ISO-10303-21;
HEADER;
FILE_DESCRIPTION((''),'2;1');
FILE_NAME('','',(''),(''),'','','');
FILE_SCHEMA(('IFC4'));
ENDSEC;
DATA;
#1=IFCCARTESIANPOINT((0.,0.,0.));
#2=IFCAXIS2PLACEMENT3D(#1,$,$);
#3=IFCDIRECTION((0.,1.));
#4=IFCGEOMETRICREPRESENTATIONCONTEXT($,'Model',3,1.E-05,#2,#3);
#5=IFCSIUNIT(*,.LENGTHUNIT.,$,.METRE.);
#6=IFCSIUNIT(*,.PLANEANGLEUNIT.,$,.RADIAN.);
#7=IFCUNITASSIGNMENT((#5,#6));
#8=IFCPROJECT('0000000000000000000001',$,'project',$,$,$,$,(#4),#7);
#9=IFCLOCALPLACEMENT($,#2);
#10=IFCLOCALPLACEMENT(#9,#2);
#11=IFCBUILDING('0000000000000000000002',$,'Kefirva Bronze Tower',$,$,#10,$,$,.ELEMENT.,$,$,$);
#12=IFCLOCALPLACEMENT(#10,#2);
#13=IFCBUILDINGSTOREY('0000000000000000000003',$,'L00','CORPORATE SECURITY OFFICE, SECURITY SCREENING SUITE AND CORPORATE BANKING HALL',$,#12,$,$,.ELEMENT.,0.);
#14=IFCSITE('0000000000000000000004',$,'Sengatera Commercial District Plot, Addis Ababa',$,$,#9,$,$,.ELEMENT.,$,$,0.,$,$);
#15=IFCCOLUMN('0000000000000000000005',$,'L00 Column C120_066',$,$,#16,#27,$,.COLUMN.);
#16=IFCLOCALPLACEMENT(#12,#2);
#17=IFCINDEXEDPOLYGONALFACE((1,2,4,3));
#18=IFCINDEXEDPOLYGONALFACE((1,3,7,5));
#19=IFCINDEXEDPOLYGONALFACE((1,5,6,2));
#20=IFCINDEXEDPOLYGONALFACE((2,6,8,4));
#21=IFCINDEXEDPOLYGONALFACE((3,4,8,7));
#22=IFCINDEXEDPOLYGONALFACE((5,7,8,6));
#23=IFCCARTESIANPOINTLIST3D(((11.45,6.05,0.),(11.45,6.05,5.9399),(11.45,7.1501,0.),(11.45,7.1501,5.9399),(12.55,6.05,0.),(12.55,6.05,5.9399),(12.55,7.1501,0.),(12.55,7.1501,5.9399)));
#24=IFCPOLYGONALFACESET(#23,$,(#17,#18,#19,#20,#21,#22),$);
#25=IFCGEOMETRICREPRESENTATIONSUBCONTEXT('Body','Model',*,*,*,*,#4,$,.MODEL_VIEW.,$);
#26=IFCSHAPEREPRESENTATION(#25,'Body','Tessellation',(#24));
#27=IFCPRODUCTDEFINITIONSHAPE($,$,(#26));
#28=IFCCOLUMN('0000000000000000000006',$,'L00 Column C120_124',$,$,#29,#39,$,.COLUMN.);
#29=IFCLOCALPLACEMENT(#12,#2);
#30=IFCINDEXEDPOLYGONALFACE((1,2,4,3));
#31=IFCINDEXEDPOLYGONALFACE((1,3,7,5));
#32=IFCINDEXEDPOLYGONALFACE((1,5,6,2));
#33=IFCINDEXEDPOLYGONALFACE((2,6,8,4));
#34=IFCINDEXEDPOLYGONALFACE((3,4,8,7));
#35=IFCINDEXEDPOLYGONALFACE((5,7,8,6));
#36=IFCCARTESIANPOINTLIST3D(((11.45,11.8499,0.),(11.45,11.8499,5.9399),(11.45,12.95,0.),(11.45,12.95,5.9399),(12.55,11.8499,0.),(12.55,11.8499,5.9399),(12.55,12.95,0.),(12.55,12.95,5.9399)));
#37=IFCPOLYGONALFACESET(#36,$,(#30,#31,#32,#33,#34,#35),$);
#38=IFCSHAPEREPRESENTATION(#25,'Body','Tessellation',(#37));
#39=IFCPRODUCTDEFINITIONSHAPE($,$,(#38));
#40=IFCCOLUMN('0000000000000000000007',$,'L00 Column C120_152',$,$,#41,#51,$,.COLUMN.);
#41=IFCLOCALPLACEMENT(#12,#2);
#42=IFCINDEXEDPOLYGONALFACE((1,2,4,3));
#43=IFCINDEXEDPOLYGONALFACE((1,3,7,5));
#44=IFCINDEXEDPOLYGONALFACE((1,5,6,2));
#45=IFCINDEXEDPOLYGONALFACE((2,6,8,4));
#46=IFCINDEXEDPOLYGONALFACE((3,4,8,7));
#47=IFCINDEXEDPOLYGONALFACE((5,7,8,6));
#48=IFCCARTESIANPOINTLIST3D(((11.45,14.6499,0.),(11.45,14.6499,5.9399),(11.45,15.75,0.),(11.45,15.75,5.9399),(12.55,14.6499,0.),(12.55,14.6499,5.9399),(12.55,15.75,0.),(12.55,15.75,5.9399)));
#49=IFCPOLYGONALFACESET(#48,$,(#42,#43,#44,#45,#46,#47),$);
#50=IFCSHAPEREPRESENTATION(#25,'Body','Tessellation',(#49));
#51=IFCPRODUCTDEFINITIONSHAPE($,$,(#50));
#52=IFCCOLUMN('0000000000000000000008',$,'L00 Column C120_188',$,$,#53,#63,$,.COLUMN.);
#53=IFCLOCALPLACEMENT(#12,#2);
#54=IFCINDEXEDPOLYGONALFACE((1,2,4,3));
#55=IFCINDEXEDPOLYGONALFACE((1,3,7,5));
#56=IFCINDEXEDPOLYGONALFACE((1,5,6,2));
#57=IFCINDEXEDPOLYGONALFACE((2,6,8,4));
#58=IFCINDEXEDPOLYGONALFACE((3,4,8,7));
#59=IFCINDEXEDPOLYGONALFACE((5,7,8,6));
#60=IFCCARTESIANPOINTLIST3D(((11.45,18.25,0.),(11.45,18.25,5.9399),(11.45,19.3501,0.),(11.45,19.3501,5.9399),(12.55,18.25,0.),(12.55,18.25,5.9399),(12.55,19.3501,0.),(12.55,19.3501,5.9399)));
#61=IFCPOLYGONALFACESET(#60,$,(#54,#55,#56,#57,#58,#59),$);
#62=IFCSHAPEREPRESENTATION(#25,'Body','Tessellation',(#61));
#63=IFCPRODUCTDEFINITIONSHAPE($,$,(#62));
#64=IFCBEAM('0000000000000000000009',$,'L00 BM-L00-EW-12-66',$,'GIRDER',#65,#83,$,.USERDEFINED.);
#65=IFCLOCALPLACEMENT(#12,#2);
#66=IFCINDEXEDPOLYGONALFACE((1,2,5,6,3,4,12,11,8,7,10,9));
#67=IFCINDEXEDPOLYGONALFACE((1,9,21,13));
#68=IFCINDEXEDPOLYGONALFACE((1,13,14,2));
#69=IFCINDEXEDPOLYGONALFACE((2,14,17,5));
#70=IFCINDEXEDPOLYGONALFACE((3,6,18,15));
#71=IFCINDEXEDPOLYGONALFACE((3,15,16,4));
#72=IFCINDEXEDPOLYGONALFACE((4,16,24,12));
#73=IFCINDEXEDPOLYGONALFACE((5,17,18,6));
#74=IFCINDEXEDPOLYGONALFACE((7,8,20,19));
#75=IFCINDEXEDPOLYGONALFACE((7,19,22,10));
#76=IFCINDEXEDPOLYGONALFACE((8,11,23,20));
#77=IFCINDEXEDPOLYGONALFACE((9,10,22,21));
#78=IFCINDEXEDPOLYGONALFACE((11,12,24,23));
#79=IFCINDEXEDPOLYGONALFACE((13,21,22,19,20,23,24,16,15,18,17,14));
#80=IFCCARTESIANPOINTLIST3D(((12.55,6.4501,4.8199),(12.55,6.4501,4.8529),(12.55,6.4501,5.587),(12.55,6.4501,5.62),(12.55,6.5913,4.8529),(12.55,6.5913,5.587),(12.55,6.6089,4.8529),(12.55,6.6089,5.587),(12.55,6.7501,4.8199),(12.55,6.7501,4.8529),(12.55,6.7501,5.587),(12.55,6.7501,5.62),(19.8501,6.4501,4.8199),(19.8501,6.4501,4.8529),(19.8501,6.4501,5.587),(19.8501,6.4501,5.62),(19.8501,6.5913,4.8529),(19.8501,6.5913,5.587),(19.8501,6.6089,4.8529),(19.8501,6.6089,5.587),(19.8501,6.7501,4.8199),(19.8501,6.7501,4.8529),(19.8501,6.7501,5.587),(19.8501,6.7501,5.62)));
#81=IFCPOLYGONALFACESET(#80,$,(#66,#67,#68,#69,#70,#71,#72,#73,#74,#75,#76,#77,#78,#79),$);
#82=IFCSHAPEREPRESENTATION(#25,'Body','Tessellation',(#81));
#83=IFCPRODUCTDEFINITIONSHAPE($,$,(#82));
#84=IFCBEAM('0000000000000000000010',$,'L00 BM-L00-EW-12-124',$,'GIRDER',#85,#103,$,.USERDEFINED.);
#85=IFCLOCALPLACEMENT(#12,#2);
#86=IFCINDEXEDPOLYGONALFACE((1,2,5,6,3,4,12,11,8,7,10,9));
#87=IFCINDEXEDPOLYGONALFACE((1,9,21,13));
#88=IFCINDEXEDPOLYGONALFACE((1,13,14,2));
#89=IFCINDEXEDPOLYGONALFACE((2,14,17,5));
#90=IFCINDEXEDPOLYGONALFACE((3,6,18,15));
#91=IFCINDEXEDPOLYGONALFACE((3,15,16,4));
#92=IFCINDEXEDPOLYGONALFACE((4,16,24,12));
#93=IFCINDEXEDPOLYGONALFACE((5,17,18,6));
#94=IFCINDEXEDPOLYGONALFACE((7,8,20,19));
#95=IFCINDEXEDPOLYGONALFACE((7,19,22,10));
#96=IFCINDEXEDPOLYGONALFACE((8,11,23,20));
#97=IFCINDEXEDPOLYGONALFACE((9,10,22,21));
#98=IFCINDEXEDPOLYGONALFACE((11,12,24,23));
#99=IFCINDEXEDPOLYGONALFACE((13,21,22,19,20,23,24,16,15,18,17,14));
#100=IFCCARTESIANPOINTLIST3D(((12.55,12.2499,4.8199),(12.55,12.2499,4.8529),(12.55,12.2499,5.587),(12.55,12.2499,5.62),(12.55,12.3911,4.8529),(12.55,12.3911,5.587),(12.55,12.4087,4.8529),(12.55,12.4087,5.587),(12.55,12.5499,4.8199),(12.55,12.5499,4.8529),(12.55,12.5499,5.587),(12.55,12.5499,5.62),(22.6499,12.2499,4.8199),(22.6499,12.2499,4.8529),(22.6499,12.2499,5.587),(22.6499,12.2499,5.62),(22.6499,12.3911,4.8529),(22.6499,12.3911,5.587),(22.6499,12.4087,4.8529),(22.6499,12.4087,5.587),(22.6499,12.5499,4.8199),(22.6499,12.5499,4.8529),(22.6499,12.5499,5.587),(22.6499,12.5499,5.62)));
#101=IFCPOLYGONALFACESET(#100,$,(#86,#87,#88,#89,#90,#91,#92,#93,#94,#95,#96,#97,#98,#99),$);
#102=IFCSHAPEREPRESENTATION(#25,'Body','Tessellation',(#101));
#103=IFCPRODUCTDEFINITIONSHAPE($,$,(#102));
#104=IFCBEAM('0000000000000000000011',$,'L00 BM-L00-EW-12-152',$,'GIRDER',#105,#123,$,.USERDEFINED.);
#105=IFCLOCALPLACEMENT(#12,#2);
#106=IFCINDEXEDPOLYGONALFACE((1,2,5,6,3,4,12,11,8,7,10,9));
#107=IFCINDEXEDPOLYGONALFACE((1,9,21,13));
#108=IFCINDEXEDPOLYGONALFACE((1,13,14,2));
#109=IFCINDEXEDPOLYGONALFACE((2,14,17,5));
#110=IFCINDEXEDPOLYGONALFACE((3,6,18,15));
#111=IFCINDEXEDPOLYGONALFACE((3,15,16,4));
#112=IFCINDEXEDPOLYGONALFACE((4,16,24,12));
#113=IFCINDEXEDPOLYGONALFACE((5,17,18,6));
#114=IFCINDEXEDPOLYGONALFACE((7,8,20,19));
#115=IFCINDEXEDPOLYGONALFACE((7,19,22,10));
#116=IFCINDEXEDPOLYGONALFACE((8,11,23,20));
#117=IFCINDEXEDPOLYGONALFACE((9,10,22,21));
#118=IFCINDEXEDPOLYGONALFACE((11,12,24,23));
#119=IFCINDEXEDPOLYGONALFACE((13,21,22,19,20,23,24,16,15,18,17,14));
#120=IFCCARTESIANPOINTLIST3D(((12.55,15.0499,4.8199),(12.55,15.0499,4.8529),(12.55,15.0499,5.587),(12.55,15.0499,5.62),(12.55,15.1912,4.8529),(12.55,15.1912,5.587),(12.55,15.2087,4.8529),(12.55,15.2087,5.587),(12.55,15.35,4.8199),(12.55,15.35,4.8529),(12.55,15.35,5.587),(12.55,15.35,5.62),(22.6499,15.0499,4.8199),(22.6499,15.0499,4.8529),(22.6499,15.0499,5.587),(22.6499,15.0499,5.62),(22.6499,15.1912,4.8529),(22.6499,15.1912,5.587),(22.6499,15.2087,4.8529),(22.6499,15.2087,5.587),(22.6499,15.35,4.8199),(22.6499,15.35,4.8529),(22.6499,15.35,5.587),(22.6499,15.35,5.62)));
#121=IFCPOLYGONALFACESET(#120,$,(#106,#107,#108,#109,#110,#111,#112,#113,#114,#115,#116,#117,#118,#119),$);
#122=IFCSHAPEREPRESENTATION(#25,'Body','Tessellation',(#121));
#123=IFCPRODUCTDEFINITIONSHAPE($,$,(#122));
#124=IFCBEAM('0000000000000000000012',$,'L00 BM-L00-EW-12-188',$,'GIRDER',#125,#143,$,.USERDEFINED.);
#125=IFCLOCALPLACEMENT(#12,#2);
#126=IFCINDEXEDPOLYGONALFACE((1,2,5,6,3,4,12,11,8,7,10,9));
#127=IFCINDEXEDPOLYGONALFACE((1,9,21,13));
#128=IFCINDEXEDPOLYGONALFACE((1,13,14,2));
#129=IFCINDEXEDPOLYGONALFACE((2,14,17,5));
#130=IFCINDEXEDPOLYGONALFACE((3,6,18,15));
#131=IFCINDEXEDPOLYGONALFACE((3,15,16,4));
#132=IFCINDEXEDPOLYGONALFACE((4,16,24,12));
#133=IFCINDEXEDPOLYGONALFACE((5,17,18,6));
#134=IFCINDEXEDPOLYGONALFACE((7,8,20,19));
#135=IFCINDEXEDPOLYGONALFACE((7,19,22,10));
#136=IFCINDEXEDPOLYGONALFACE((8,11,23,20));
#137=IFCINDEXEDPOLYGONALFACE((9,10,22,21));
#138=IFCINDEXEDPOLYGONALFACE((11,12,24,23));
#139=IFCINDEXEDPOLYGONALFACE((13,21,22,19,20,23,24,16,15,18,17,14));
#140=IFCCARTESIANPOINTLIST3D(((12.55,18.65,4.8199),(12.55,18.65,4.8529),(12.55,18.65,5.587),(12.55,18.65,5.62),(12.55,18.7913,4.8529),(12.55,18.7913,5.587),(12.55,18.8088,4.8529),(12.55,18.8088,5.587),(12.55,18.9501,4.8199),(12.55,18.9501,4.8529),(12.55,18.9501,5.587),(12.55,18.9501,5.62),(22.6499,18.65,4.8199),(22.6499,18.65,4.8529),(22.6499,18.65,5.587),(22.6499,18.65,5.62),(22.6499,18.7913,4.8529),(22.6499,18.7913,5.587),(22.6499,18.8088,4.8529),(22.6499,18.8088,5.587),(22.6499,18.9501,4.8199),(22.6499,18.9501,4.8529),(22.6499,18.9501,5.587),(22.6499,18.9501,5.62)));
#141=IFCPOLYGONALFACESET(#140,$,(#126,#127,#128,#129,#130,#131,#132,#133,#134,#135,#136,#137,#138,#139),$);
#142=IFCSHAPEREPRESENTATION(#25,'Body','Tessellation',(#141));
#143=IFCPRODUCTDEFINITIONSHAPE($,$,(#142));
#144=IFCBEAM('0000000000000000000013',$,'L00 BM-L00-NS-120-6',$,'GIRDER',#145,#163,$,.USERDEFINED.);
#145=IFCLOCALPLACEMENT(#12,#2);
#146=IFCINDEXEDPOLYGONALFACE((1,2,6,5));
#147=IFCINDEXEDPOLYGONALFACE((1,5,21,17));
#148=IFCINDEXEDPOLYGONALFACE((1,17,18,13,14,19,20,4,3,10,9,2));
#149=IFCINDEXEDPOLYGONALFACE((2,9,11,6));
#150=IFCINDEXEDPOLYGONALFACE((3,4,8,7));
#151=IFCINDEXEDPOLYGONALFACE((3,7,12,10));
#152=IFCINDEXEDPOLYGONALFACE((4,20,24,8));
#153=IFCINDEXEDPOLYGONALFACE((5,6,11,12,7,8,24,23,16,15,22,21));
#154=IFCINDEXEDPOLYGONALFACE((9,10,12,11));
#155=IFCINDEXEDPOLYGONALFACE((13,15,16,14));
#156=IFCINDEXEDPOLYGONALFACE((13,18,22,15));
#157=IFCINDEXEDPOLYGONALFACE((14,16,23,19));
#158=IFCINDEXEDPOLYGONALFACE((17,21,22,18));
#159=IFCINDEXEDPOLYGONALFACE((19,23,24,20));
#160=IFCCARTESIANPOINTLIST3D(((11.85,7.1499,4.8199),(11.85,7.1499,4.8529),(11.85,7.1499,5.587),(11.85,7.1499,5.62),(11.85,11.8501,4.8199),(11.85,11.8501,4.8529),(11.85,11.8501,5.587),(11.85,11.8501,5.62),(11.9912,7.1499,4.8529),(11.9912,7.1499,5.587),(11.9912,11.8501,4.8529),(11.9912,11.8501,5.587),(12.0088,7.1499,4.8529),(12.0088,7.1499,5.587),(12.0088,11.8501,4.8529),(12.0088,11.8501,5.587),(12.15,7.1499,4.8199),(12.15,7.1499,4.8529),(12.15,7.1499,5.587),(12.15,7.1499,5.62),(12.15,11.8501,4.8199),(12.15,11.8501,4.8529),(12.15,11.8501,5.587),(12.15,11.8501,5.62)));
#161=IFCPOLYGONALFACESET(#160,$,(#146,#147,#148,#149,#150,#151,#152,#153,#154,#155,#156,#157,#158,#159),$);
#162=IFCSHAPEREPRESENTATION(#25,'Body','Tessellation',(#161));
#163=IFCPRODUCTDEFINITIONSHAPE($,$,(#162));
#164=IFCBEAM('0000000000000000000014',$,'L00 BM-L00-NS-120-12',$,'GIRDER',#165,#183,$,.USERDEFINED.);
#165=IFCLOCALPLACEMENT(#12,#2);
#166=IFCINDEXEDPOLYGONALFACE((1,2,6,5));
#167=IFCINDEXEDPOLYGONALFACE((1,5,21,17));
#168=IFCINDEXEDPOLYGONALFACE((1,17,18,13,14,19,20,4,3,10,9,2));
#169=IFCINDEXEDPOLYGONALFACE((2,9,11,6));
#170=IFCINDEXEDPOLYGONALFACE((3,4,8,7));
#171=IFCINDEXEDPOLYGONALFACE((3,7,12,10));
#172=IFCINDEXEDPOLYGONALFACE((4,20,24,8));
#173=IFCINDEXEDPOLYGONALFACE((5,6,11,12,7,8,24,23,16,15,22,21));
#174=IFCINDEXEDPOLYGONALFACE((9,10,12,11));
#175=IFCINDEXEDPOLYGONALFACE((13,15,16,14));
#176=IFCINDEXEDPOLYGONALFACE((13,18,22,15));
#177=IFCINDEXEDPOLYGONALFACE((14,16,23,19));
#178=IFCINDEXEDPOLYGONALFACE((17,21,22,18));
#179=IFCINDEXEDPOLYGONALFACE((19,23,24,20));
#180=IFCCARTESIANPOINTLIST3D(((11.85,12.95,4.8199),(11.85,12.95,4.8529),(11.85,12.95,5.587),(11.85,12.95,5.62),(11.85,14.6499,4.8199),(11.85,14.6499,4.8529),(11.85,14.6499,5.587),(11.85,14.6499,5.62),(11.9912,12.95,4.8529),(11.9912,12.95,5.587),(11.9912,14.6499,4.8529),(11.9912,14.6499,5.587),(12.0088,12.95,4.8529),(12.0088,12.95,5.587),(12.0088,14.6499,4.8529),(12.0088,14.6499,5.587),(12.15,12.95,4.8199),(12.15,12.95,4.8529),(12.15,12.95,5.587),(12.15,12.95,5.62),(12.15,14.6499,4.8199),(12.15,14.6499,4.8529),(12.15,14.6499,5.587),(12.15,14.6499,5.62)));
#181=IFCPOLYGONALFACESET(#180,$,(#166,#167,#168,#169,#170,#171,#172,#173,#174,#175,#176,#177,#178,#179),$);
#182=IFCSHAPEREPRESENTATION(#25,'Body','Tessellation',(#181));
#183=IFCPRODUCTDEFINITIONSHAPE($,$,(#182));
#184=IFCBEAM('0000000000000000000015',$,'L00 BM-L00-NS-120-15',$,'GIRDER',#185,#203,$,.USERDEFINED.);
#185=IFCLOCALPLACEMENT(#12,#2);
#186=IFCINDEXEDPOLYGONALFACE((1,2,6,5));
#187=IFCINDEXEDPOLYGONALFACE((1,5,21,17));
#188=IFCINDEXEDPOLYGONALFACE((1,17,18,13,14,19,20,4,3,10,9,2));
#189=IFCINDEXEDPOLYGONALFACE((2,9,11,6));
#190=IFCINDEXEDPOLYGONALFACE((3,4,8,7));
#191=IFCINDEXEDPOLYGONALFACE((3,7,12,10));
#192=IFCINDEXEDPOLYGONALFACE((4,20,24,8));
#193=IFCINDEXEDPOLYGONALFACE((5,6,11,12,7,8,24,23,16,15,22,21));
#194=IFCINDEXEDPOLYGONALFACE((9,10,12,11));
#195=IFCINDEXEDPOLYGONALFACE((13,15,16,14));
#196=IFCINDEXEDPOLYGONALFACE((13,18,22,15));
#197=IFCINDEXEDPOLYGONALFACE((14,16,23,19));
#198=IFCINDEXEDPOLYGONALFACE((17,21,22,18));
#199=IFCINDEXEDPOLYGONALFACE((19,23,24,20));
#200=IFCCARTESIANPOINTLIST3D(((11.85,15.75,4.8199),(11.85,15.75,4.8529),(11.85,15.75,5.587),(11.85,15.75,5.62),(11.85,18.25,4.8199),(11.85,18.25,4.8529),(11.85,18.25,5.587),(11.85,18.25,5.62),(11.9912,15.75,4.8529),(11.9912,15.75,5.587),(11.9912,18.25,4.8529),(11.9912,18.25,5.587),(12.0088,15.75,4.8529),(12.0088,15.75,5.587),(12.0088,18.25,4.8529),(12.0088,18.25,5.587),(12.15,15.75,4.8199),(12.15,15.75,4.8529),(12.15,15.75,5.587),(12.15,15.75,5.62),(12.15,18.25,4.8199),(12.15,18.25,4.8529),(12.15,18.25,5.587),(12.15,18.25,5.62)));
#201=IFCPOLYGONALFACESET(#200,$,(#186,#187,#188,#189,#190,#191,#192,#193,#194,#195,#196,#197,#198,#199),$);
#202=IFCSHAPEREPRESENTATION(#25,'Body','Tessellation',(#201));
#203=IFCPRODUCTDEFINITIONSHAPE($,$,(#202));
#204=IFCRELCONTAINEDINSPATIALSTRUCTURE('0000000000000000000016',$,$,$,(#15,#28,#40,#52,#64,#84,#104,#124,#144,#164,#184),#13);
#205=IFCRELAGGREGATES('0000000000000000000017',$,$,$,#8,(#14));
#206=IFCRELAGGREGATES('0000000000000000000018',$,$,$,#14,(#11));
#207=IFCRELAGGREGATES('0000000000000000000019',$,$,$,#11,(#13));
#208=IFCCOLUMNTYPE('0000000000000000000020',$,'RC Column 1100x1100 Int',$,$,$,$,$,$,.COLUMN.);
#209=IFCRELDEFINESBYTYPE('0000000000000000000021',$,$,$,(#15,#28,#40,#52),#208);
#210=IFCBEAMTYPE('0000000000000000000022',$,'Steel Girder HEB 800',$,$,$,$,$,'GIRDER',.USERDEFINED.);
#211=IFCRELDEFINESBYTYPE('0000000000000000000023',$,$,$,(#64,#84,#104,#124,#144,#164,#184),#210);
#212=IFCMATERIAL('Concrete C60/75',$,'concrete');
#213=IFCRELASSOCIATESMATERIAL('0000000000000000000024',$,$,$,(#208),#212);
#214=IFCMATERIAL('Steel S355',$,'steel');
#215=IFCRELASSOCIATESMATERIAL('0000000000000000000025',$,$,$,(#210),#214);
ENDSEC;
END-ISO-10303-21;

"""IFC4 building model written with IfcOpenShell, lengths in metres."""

from ifc_helpers import new_model, si_unit, direction, frame, origin, origin_2d, place, context, subcontext, project, spatial, rectangle, i_section, extrude, material, material_profile, profile_set, type_object, element, save


model = new_model("IFC4")

# Units and contexts
model_context = context("Model", 3, precision=1e-05, world=origin(), true_north=direction((0.0, 1.0)))
body_context = subcontext(model_context, "Body", "Model", "MODEL_VIEW")
ifc_project = project(units=[si_unit("LENGTHUNIT", "METRE"), si_unit("PLANEANGLEUNIT", "RADIAN")], contexts=[model_context])

# Site, building, storey
site_placement = place(None, origin())
site = spatial("IfcSite", under=ifc_project, at=site_placement, Name="Sengatera Commercial District Plot, Addis Ababa", CompositionType="ELEMENT", RefElevation=0.0)
building_placement = place(site_placement, origin())
building = spatial("IfcBuilding", under=site, at=building_placement, Name="Kefirva Bronze Tower", CompositionType="ELEMENT")
storey_placement = place(building_placement, origin())
storey = spatial("IfcBuildingStorey", under=building, at=storey_placement, Name="L00", Description="CORPORATE SECURITY OFFICE, SECURITY SCREENING SUITE AND CORPORATE BANKING HALL", CompositionType="ELEMENT", Elevation=0.0)

# Columns
ifc_material_1 = material(Name="Concrete C60/75", Category="concrete")
ifc_material_profile_1 = material_profile(ifc_material_1, rectangle(XDim=1.1001, YDim=1.1001, at=origin_2d()), Name="RC 1100x1100")
ifc_profile_set_1 = profile_set([ifc_material_profile_1], Name="Concrete C60/75")
column_type = type_object("IfcColumnType", Name="RC Column 1100x1100 Int", PredefinedType="COLUMN", material=ifc_profile_set_1)
for number, where, z_axis, x_axis, name in (
    (1, (12.0, 6.6001, 0.0), (0.0, 0.0, 1.0), (1.0, 0.0, 0.0), "L00 Column C120_066"),
    (2, (12.0, 12.3999, 0.0), (0.0, 0.0, 1.0), (1.0, 0.0, 0.0), "L00 Column C120_124"),
    (3, (12.0, 15.2, 0.0), (0.0, 0.0, 1.0), (1.0, 0.0, 0.0), "L00 Column C120_152"),
    (4, (12.0, 18.8, 0.0), (0.0, 0.0, 1.0), (1.0, 0.0, 0.0), "L00 Column C120_188"),
):
    element("IfcColumn", number, at=place(storey_placement, frame(where, z_axis=z_axis, x_axis=x_axis)), inside=storey, type_object=column_type, Name=name, PredefinedType="COLUMN", context=body_context, shape_type="SweptSolid", body=[
        extrude(rectangle(XDim=1.1001, YDim=1.1001, at=origin_2d()), origin(), (0.0, 0.0, 1.0), 5.9399),
    ])

# Beams
ifc_material_2 = material(Name="Steel S355", Category="steel")
ifc_material_profile_2 = material_profile(ifc_material_2, i_section(OverallWidth=0.3, OverallDepth=0.8, WebThickness=0.0176, FlangeThickness=0.033, at=origin_2d()), Name="HEB 800")
ifc_profile_set_2 = profile_set([ifc_material_profile_2], Name="Steel S355")
beam_type = type_object("IfcBeamType", Name="Steel Girder HEB 800", ElementType="GIRDER", PredefinedType="USERDEFINED", material=ifc_profile_set_2)
beam_1_placement = place(storey_placement, frame((12.55, 6.6001, 5.22), z_axis=(1.0, 0.0, 0.0), x_axis=(0.0, 1.0, 0.0)))
element("IfcBeam", 5, at=beam_1_placement, inside=storey, type_object=beam_type, Name="L00 BM-L00-EW-12-66", ObjectType="GIRDER", PredefinedType="USERDEFINED", context=body_context, shape_type="SweptSolid", body=[
    extrude(i_section(OverallWidth=0.3, OverallDepth=0.8, WebThickness=0.0176, FlangeThickness=0.033, at=origin_2d()), origin(), (0.0, 0.0, 1.0), 7.3),
])
for number, where, z_axis, x_axis, name in (
    (6, (12.55, 12.3999, 5.22), (1.0, 0.0, 0.0), (0.0, 1.0, 0.0), "L00 BM-L00-EW-12-124"),
    (7, (12.55, 15.2, 5.22), (1.0, 0.0, 0.0), (0.0, 1.0, 0.0), "L00 BM-L00-EW-12-152"),
    (8, (12.55, 18.8, 5.22), (1.0, 0.0, 0.0), (0.0, 1.0, 0.0), "L00 BM-L00-EW-12-188"),
):
    element("IfcBeam", number, at=place(storey_placement, frame(where, z_axis=z_axis, x_axis=x_axis)), inside=storey, type_object=beam_type, Name=name, ObjectType="GIRDER", PredefinedType="USERDEFINED", context=body_context, shape_type="SweptSolid", body=[
        extrude(i_section(OverallWidth=0.3, OverallDepth=0.8, WebThickness=0.0176, FlangeThickness=0.033, at=origin_2d()), origin(), (0.0, 0.0, 1.0), 10.0999),
    ])
beam_2_placement = place(storey_placement, frame((12.0, 7.1499, 5.22), z_axis=(0.0, 1.0, 0.0), x_axis=(-1.0, 0.0, 0.0)))
element("IfcBeam", 9, at=beam_2_placement, inside=storey, type_object=beam_type, Name="L00 BM-L00-NS-120-6", ObjectType="GIRDER", PredefinedType="USERDEFINED", context=body_context, shape_type="SweptSolid", body=[
    extrude(i_section(OverallWidth=0.3, OverallDepth=0.8, WebThickness=0.0176, FlangeThickness=0.033, at=origin_2d()), origin(), (0.0, 0.0, 1.0), 4.7002),
])
beam_3_placement = place(storey_placement, frame((12.0, 12.95, 5.22), z_axis=(0.0, 1.0, 0.0), x_axis=(-1.0, 0.0, 0.0)))
element("IfcBeam", 10, at=beam_3_placement, inside=storey, type_object=beam_type, Name="L00 BM-L00-NS-120-12", ObjectType="GIRDER", PredefinedType="USERDEFINED", context=body_context, shape_type="SweptSolid", body=[
    extrude(i_section(OverallWidth=0.3, OverallDepth=0.8, WebThickness=0.0176, FlangeThickness=0.033, at=origin_2d()), origin(), (0.0, 0.0, 1.0), 1.7),
])
beam_4_placement = place(storey_placement, frame((12.0, 15.75, 5.22), z_axis=(0.0, 1.0, 0.0), x_axis=(-1.0, 0.0, 0.0)))
element("IfcBeam", 11, at=beam_4_placement, inside=storey, type_object=beam_type, Name="L00 BM-L00-NS-120-15", ObjectType="GIRDER", PredefinedType="USERDEFINED", context=body_context, shape_type="SweptSolid", body=[
    extrude(i_section(OverallWidth=0.3, OverallDepth=0.8, WebThickness=0.0176, FlangeThickness=0.033, at=origin_2d()), origin(), (0.0, 0.0, 1.0), 2.5),
])

save(model, "model.ifc")
